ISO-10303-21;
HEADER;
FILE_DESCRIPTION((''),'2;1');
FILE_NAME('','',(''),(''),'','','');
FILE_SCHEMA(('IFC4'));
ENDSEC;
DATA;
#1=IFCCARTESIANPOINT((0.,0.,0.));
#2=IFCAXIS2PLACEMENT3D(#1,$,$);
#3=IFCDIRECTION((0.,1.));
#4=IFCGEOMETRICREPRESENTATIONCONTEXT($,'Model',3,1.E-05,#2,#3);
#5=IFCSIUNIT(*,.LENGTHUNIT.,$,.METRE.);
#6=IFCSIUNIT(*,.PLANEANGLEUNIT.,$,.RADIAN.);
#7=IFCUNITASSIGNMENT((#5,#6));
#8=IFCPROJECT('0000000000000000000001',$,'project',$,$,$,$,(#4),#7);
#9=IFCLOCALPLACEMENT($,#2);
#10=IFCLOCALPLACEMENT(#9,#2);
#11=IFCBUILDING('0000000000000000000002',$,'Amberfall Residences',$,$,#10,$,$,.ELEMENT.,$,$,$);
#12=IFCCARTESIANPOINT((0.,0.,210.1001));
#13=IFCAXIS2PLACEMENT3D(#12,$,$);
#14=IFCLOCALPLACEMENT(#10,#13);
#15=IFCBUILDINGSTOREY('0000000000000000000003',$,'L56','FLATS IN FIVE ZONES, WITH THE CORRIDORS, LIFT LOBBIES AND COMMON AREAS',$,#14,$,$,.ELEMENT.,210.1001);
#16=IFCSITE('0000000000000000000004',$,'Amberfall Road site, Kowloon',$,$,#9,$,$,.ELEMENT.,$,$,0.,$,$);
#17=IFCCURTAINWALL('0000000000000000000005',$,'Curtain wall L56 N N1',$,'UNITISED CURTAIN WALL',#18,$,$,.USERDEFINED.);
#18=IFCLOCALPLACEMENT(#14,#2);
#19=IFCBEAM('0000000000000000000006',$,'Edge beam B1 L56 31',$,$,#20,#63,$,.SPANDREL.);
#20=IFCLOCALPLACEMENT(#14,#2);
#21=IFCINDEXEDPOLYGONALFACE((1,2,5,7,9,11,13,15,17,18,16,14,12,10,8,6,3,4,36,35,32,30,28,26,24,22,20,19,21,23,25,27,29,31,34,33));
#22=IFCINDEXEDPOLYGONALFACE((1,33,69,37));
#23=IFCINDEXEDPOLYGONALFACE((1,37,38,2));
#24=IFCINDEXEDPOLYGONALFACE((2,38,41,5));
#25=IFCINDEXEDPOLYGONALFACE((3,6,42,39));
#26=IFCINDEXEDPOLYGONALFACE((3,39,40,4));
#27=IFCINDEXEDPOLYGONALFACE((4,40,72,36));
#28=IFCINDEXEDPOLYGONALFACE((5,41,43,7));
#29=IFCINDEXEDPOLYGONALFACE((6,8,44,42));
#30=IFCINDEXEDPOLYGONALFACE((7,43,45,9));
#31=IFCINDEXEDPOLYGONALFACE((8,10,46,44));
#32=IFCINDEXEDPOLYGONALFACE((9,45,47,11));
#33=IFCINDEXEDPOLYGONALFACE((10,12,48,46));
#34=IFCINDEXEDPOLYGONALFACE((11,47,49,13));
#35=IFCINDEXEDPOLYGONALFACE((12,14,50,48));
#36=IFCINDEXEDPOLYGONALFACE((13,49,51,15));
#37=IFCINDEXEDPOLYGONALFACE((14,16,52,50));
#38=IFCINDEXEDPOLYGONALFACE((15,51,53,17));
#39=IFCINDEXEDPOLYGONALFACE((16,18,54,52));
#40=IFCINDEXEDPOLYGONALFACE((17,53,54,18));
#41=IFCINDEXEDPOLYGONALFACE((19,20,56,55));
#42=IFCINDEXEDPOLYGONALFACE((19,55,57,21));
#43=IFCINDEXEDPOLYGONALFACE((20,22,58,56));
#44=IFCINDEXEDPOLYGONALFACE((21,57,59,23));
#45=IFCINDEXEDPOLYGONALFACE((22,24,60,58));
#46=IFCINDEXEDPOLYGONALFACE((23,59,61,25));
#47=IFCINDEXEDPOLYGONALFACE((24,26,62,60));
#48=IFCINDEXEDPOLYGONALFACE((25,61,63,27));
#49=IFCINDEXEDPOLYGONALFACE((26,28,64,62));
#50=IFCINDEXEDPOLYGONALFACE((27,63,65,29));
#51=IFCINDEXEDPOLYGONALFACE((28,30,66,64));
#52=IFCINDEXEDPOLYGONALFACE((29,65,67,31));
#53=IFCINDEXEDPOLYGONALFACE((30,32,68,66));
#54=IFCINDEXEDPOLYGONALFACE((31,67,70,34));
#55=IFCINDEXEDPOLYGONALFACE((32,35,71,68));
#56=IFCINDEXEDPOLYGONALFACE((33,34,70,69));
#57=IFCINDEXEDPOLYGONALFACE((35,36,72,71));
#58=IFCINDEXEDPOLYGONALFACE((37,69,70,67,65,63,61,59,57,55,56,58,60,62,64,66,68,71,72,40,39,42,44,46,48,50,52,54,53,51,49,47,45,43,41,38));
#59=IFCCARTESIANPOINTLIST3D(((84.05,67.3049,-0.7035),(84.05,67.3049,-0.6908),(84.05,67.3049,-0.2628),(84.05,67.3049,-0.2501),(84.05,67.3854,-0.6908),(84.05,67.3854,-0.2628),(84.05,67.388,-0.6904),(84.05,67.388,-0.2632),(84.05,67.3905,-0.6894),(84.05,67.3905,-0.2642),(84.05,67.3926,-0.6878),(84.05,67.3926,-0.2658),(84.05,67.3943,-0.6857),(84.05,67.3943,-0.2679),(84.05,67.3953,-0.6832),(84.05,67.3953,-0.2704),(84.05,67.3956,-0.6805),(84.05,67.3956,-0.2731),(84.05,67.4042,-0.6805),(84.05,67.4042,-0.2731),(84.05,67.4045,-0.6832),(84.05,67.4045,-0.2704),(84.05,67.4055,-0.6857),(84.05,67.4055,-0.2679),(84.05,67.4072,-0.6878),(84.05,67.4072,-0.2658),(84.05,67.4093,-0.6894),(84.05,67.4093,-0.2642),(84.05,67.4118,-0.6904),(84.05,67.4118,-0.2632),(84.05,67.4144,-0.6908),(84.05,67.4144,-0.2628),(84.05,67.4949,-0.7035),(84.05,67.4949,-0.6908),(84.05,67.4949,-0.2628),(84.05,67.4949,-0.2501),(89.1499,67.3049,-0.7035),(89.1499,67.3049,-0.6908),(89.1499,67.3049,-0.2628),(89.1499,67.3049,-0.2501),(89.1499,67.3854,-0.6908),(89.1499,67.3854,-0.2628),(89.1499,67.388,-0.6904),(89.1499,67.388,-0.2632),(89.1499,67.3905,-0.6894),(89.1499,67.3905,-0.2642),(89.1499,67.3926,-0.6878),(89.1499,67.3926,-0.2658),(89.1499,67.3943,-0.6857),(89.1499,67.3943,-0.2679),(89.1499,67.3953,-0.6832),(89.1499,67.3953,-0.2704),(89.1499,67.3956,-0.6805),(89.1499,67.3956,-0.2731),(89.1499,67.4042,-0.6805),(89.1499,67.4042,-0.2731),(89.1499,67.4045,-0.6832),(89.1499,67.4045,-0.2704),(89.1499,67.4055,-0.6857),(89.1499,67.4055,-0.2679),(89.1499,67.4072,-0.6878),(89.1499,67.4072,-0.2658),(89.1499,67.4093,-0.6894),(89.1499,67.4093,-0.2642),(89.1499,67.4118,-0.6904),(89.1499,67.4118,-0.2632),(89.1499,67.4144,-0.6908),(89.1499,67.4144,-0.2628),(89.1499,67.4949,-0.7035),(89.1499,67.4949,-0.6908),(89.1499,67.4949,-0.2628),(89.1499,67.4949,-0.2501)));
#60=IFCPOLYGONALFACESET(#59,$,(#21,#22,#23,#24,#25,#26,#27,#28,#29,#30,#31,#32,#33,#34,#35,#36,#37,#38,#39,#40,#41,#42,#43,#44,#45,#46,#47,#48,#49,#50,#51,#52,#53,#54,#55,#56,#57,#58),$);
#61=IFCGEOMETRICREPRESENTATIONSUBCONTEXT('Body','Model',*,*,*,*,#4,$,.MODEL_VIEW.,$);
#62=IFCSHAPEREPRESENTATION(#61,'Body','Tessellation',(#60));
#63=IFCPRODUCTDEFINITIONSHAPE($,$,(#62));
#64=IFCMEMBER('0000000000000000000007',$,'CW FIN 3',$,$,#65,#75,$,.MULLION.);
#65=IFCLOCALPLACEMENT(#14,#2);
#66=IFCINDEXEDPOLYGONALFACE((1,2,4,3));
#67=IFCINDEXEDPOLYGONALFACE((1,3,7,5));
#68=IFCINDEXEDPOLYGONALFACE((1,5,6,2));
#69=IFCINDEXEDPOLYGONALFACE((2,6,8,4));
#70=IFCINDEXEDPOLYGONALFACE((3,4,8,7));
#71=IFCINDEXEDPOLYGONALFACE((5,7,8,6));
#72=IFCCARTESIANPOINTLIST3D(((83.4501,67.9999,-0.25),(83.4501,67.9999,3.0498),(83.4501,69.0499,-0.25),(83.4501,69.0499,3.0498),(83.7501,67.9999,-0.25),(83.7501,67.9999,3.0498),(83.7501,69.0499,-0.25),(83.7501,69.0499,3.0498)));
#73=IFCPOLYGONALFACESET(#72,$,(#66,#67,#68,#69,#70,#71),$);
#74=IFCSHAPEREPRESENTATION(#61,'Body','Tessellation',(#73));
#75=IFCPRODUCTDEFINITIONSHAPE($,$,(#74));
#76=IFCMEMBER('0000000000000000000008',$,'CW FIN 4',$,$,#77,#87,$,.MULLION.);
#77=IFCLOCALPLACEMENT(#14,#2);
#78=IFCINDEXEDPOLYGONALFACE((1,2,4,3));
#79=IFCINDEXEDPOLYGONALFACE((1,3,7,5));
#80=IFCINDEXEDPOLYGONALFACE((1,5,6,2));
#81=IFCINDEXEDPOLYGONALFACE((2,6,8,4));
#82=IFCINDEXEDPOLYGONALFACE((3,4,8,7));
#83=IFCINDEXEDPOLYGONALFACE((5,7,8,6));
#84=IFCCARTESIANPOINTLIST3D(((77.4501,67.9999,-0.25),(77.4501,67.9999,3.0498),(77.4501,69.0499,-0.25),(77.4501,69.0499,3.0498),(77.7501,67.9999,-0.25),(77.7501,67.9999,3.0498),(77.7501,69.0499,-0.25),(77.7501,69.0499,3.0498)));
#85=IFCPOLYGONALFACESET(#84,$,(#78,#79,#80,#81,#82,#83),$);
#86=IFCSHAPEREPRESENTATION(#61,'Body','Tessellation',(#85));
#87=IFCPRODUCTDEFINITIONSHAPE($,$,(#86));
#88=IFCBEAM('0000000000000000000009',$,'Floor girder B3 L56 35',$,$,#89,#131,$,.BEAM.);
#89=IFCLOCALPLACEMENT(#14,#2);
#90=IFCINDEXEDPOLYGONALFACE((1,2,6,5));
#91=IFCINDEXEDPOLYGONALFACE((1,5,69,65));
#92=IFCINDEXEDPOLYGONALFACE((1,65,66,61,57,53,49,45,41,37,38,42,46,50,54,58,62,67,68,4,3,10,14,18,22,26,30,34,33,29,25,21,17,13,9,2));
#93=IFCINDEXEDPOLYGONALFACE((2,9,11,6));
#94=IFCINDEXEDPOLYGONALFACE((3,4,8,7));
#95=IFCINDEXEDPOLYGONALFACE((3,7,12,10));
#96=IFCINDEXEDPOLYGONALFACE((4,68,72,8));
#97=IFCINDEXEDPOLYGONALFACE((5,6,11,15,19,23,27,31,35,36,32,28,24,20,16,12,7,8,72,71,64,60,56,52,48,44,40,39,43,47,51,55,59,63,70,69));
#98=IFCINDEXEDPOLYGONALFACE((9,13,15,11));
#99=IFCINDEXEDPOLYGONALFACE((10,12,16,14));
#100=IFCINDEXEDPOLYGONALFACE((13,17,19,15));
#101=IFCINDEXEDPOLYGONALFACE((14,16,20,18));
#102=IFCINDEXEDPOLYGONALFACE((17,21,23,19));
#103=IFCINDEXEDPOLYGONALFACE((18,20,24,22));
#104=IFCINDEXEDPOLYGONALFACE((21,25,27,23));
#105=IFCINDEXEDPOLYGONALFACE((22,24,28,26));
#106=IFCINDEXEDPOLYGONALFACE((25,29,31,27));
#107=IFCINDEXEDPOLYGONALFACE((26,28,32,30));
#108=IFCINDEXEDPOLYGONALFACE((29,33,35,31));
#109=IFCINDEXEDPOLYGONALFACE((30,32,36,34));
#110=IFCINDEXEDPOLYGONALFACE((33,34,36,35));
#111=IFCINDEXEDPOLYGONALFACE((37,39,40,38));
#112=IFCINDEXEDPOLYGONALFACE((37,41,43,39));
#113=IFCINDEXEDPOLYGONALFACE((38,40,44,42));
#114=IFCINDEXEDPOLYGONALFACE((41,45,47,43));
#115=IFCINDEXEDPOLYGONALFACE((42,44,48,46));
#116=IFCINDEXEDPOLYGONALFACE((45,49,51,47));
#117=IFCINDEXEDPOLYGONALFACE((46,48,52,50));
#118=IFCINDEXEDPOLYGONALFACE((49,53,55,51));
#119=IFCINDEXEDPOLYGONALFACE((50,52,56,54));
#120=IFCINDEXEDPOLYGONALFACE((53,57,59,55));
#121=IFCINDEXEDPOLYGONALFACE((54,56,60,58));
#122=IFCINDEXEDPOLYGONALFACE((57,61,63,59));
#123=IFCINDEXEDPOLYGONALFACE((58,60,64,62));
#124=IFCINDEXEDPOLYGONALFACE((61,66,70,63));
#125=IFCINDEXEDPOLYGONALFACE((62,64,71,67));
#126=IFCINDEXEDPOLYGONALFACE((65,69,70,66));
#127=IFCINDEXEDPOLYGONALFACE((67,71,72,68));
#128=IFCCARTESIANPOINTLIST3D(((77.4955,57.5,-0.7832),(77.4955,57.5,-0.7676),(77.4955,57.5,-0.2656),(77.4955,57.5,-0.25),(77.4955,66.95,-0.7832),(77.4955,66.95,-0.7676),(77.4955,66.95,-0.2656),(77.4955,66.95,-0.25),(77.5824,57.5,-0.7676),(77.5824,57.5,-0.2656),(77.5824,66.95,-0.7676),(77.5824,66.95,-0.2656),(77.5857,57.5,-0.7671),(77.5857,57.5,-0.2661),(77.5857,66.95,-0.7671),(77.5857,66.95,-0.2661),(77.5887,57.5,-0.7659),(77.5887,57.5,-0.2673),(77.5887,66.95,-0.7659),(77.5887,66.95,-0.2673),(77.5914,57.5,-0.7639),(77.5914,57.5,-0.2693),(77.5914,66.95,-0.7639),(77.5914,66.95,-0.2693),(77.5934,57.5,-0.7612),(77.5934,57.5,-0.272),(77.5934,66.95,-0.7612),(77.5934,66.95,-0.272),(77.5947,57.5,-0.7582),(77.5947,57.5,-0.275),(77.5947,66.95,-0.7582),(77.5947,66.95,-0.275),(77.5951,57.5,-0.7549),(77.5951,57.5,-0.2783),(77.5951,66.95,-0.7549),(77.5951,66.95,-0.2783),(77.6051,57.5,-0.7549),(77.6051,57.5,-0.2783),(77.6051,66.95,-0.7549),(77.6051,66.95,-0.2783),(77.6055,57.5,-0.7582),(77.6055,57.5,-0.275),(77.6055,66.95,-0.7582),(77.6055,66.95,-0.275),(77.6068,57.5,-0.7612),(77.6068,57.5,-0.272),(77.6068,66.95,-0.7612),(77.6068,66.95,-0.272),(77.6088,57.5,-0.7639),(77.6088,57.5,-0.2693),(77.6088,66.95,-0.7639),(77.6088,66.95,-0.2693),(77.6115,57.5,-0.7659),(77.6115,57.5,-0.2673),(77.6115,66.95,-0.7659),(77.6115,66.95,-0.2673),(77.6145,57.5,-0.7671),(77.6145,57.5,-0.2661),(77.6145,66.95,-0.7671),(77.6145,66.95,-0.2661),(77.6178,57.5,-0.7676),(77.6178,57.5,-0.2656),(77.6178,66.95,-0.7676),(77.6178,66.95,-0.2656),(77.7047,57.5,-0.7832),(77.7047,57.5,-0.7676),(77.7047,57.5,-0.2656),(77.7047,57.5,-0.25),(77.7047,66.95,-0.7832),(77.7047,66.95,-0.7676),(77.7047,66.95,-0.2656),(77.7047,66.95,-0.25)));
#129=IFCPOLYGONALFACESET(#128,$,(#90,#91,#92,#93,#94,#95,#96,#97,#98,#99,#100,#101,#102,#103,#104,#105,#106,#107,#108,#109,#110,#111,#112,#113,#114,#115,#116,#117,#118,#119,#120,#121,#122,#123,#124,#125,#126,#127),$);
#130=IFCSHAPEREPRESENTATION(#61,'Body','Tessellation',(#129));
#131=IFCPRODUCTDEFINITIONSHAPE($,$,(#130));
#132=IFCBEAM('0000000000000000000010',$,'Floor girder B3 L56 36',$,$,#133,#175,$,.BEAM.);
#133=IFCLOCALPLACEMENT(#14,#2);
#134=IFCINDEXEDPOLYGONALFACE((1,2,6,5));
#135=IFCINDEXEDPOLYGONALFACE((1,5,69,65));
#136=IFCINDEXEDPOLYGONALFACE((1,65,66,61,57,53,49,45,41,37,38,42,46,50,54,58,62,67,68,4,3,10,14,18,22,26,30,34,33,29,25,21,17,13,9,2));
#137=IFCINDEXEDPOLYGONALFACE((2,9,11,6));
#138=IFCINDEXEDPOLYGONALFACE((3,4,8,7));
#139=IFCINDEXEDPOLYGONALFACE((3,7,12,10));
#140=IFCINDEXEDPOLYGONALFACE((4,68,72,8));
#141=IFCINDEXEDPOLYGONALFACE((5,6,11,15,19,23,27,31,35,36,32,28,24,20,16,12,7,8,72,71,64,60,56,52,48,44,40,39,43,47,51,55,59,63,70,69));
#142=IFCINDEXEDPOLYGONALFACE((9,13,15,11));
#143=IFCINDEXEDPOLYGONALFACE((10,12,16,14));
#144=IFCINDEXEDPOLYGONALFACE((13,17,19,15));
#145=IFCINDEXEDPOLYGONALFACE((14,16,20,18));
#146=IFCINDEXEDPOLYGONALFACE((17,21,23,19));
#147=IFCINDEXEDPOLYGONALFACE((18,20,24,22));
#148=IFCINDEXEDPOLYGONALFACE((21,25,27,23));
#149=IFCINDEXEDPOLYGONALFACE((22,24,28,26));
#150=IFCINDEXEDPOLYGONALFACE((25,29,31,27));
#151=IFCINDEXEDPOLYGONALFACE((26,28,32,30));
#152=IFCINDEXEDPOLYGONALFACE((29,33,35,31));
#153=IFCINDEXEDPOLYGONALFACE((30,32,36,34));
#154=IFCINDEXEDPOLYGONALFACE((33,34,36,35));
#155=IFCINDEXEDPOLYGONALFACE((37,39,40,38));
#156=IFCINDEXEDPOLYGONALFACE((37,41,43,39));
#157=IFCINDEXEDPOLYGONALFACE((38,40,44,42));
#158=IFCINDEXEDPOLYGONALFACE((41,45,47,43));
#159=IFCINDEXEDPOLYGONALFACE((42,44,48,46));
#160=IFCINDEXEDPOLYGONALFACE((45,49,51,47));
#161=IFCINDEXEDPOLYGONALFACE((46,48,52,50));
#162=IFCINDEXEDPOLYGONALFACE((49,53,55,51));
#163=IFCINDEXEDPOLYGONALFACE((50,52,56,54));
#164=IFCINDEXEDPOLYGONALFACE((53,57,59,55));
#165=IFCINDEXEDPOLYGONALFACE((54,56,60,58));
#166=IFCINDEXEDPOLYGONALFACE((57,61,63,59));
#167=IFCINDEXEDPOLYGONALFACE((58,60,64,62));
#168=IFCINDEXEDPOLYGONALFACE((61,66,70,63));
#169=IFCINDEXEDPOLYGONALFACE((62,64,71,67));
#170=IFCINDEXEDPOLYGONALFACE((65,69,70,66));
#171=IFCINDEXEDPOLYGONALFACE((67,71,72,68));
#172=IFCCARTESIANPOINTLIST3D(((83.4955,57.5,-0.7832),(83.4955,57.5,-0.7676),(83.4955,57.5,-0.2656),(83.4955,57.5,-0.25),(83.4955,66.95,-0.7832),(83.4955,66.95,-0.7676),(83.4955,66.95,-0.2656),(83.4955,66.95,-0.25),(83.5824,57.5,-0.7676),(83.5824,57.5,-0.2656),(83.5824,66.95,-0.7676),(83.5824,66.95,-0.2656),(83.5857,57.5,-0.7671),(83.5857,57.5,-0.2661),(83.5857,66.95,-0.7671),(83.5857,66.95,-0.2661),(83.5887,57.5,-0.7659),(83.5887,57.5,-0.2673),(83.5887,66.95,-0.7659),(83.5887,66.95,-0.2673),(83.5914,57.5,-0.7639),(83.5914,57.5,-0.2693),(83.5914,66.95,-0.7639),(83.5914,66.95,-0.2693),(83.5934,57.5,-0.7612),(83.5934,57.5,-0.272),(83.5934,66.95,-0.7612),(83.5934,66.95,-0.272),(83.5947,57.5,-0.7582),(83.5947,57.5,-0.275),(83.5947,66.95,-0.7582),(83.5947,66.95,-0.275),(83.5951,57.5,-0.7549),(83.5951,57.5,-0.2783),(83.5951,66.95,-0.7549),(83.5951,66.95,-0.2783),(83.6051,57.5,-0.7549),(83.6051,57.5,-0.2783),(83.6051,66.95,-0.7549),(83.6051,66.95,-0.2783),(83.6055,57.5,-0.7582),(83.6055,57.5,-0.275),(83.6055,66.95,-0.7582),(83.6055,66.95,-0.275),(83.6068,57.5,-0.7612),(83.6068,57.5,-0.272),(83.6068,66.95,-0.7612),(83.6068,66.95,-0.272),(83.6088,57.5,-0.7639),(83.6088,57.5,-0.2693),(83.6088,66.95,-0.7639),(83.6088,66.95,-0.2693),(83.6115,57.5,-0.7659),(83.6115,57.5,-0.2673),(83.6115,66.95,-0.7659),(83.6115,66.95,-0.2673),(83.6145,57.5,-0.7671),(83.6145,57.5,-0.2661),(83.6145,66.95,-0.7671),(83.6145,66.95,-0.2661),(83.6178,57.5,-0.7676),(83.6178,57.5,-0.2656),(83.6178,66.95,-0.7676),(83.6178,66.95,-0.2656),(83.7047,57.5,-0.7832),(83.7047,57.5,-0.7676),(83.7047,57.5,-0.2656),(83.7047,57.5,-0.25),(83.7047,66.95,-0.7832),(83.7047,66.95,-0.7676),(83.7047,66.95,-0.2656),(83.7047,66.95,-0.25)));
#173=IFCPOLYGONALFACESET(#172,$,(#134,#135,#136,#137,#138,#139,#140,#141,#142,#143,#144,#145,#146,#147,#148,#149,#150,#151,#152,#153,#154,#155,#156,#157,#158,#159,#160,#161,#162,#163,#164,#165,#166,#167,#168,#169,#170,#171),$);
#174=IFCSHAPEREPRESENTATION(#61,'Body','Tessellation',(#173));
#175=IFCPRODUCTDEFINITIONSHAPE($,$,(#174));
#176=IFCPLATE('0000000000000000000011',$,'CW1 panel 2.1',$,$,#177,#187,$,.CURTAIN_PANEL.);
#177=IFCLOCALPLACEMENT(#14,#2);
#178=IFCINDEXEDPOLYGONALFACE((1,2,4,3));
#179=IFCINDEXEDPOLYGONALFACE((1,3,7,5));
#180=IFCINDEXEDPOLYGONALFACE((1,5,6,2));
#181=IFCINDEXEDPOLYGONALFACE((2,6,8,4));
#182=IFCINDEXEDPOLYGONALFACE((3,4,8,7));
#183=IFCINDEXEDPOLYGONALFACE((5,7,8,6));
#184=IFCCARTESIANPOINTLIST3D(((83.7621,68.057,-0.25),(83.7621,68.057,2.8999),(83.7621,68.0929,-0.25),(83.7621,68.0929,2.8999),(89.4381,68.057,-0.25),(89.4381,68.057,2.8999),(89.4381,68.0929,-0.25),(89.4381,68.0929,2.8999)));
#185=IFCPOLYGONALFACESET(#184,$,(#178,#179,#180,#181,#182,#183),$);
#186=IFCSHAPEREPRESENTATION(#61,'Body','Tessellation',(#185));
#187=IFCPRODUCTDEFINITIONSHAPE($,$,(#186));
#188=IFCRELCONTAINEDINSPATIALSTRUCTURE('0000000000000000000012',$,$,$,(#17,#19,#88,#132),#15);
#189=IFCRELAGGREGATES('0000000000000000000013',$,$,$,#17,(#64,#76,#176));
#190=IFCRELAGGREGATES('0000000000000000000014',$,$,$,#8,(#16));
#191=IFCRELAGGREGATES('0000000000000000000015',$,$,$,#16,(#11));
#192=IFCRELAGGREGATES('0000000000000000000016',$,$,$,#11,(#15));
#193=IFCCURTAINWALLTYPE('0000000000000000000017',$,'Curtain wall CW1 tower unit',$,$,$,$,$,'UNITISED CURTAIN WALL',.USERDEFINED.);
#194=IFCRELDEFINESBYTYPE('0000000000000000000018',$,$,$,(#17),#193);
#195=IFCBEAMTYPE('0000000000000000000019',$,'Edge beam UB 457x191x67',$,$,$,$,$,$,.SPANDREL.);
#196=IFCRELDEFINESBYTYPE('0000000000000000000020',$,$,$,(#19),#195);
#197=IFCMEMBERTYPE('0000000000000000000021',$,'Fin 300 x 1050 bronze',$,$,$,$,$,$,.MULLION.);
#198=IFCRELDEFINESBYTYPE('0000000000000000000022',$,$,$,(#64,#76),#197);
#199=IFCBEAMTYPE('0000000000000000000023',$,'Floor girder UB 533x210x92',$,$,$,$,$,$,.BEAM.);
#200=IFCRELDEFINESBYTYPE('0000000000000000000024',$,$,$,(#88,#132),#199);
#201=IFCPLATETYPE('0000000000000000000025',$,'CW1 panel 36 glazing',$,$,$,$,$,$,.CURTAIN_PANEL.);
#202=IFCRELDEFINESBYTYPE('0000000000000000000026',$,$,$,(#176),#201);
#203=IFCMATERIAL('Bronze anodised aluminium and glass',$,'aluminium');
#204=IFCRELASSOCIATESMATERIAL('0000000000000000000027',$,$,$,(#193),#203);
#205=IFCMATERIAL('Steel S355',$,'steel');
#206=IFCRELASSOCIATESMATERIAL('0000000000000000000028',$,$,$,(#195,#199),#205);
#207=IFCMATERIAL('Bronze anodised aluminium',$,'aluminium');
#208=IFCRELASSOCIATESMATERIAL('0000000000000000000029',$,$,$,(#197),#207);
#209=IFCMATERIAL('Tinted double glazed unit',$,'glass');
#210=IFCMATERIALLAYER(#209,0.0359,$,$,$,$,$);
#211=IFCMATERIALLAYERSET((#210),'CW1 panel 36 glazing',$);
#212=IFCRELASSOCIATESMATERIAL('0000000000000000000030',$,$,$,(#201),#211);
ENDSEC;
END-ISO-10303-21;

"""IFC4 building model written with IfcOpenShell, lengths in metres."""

from ifc_helpers import new_model, si_unit, direction, frame, origin, origin_2d, place, context, subcontext, project, spatial, rectangle, i_section, extrude, material, layer, layer_set, material_profile, profile_set, type_object, element, aggregate, save


model = new_model("IFC4")

# Units and contexts
model_context = context("Model", 3, precision=1e-05, world=origin(), true_north=direction((0.0, 1.0)))
body_context = subcontext(model_context, "Body", "Model", "MODEL_VIEW")
ifc_project = project(units=[si_unit("LENGTHUNIT", "METRE"), si_unit("PLANEANGLEUNIT", "RADIAN")], contexts=[model_context])

# Site, building, storey
site_placement = place(None, origin())
site = spatial("IfcSite", under=ifc_project, at=site_placement, Name="Amberfall Road site, Kowloon", CompositionType="ELEMENT", RefElevation=0.0)
building_placement = place(site_placement, origin())
building = spatial("IfcBuilding", under=site, at=building_placement, Name="Amberfall Residences", CompositionType="ELEMENT")
storey_placement = place(building_placement, frame((0.0, 0.0, 210.1001)))
storey = spatial("IfcBuildingStorey", under=building, at=storey_placement, Name="L56", Description="FLATS IN FIVE ZONES, WITH THE CORRIDORS, LIFT LOBBIES AND COMMON AREAS", CompositionType="ELEMENT", Elevation=210.1001)

# Curtain wall
ifc_material_1 = material(Name="Bronze anodised aluminium and glass", Category="aluminium")
curtain_wall_type = type_object("IfcCurtainWallType", Name="Curtain wall CW1 tower unit", ElementType="UNITISED CURTAIN WALL", PredefinedType="USERDEFINED", material=ifc_material_1)
curtain_wall_placement = place(storey_placement, origin())
curtain_wall = element("IfcCurtainWall", 1, at=curtain_wall_placement, inside=storey, type_object=curtain_wall_type, Name="Curtain wall L56 N N1", ObjectType="UNITISED CURTAIN WALL", PredefinedType="USERDEFINED")
ifc_material_2 = material(Name="Bronze anodised aluminium", Category="aluminium")

# Beam
ifc_material_3 = material(Name="Steel S355", Category="steel")
ifc_material_profile_1 = material_profile(ifc_material_3, i_section(OverallWidth=0.1899, OverallDepth=0.4534, WebThickness=0.0085, FlangeThickness=0.0127, FilletRadius=0.0103, at=origin_2d()), Name="UB 457x191x67")
ifc_profile_set_1 = profile_set([ifc_material_profile_1], Name="Steel S355")
beam_type_1 = type_object("IfcBeamType", Name="Edge beam UB 457x191x67", PredefinedType="SPANDREL", material=ifc_profile_set_1)
for number, where, z_axis, x_axis, name in (
    (2, (84.05, 67.3999, -0.4768), (1.0, 0.0, 0.0), (0.0, 1.0, 0.0), "Edge beam B1 L56 31"),
):
    element("IfcBeam", number, at=place(storey_placement, frame(where, z_axis=z_axis, x_axis=x_axis)), inside=storey, type_object=beam_type_1, Name=name, PredefinedType="SPANDREL", context=body_context, shape_type="SweptSolid", body=[
        extrude(i_section(OverallWidth=0.1899, OverallDepth=0.4534, WebThickness=0.0085, FlangeThickness=0.0127, FilletRadius=0.0103, at=origin_2d()), origin(), (0.0, 0.0, 1.0), 5.0999),
    ])

# Members
ifc_material_profile_2 = material_profile(ifc_material_2, rectangle(XDim=1.05, YDim=0.3, at=origin_2d()), Name="Fin 300 x 1050 bronze")
ifc_profile_set_2 = profile_set([ifc_material_profile_2], Name="Bronze anodised aluminium")
member_type_1 = type_object("IfcMemberType", Name="Fin 300 x 1050 bronze", PredefinedType="MULLION", material=ifc_profile_set_2)
member_1_placement = place(storey_placement, frame((83.6001, 68.5249, -0.25), z_axis=(0.0, 0.0, 1.0), x_axis=(0.0, -1.0, 0.0)))
member_1 = element("IfcMember", 3, at=member_1_placement, type_object=member_type_1, Name="CW FIN 3", PredefinedType="MULLION", context=body_context, shape_type="SweptSolid", body=[
    extrude(rectangle(XDim=1.05, YDim=0.3, at=origin_2d()), origin(), (0.0, 0.0, 1.0), 3.2998),
])
member_2_placement = place(storey_placement, frame((77.6001, 68.5249, -0.25), z_axis=(0.0, 0.0, 1.0), x_axis=(0.0, -1.0, 0.0)))
member_2 = element("IfcMember", 4, at=member_2_placement, type_object=member_type_1, Name="CW FIN 4", PredefinedType="MULLION", context=body_context, shape_type="SweptSolid", body=[
    extrude(rectangle(XDim=1.05, YDim=0.3, at=origin_2d()), origin(), (0.0, 0.0, 1.0), 3.2998),
])

# Beams
ifc_material_profile_3 = material_profile(ifc_material_3, i_section(OverallWidth=0.2092, OverallDepth=0.5332, WebThickness=0.01, FlangeThickness=0.0156, FilletRadius=0.0127, at=origin_2d()), Name="UB 533x210x92")
ifc_profile_set_3 = profile_set([ifc_material_profile_3], Name="Steel S355")
beam_type_2 = type_object("IfcBeamType", Name="Floor girder UB 533x210x92", PredefinedType="BEAM", material=ifc_profile_set_3)
for number, where, z_axis, x_axis, name in (
    (5, (77.6001, 66.95, -0.5166), (0.0, -1.0, 0.0), (1.0, 0.0, 0.0), "Floor girder B3 L56 35"),
    (6, (83.6001, 66.95, -0.5166), (0.0, -1.0, 0.0), (1.0, 0.0, 0.0), "Floor girder B3 L56 36"),
):
    element("IfcBeam", number, at=place(storey_placement, frame(where, z_axis=z_axis, x_axis=x_axis)), inside=storey, type_object=beam_type_2, Name=name, PredefinedType="BEAM", context=body_context, shape_type="SweptSolid", body=[
        extrude(i_section(OverallWidth=0.2092, OverallDepth=0.5332, WebThickness=0.01, FlangeThickness=0.0156, FilletRadius=0.0127, at=origin_2d()), origin(), (0.0, 0.0, 1.0), 9.45),
    ])

# Plate
ifc_material_4 = material(Name="Tinted double glazed unit", Category="glass")
ifc_layer_1 = layer(ifc_material_4, 0.0359)
ifc_layer_set_1 = layer_set([ifc_layer_1], Name="CW1 panel 36 glazing")
plate_type = type_object("IfcPlateType", Name="CW1 panel 36 glazing", PredefinedType="CURTAIN_PANEL", material=ifc_layer_set_1)
plate_1_placement = place(storey_placement, frame((86.6001, 68.075, -0.25), z_axis=(0.0, 0.0, 1.0), x_axis=(-1.0, 0.0, 0.0)))
plate_1 = element("IfcPlate", 7, at=plate_1_placement, type_object=plate_type, Name="CW1 panel 2.1", PredefinedType="CURTAIN_PANEL", context=body_context, shape_type="SweptSolid", body=[
    extrude(rectangle(XDim=5.676, YDim=0.0359, at=origin_2d()), origin(), (0.0, 0.0, 1.0), 3.1499),
])
aggregate(curtain_wall, [member_1, member_2, plate_1])

save(model, "model.ifc")
